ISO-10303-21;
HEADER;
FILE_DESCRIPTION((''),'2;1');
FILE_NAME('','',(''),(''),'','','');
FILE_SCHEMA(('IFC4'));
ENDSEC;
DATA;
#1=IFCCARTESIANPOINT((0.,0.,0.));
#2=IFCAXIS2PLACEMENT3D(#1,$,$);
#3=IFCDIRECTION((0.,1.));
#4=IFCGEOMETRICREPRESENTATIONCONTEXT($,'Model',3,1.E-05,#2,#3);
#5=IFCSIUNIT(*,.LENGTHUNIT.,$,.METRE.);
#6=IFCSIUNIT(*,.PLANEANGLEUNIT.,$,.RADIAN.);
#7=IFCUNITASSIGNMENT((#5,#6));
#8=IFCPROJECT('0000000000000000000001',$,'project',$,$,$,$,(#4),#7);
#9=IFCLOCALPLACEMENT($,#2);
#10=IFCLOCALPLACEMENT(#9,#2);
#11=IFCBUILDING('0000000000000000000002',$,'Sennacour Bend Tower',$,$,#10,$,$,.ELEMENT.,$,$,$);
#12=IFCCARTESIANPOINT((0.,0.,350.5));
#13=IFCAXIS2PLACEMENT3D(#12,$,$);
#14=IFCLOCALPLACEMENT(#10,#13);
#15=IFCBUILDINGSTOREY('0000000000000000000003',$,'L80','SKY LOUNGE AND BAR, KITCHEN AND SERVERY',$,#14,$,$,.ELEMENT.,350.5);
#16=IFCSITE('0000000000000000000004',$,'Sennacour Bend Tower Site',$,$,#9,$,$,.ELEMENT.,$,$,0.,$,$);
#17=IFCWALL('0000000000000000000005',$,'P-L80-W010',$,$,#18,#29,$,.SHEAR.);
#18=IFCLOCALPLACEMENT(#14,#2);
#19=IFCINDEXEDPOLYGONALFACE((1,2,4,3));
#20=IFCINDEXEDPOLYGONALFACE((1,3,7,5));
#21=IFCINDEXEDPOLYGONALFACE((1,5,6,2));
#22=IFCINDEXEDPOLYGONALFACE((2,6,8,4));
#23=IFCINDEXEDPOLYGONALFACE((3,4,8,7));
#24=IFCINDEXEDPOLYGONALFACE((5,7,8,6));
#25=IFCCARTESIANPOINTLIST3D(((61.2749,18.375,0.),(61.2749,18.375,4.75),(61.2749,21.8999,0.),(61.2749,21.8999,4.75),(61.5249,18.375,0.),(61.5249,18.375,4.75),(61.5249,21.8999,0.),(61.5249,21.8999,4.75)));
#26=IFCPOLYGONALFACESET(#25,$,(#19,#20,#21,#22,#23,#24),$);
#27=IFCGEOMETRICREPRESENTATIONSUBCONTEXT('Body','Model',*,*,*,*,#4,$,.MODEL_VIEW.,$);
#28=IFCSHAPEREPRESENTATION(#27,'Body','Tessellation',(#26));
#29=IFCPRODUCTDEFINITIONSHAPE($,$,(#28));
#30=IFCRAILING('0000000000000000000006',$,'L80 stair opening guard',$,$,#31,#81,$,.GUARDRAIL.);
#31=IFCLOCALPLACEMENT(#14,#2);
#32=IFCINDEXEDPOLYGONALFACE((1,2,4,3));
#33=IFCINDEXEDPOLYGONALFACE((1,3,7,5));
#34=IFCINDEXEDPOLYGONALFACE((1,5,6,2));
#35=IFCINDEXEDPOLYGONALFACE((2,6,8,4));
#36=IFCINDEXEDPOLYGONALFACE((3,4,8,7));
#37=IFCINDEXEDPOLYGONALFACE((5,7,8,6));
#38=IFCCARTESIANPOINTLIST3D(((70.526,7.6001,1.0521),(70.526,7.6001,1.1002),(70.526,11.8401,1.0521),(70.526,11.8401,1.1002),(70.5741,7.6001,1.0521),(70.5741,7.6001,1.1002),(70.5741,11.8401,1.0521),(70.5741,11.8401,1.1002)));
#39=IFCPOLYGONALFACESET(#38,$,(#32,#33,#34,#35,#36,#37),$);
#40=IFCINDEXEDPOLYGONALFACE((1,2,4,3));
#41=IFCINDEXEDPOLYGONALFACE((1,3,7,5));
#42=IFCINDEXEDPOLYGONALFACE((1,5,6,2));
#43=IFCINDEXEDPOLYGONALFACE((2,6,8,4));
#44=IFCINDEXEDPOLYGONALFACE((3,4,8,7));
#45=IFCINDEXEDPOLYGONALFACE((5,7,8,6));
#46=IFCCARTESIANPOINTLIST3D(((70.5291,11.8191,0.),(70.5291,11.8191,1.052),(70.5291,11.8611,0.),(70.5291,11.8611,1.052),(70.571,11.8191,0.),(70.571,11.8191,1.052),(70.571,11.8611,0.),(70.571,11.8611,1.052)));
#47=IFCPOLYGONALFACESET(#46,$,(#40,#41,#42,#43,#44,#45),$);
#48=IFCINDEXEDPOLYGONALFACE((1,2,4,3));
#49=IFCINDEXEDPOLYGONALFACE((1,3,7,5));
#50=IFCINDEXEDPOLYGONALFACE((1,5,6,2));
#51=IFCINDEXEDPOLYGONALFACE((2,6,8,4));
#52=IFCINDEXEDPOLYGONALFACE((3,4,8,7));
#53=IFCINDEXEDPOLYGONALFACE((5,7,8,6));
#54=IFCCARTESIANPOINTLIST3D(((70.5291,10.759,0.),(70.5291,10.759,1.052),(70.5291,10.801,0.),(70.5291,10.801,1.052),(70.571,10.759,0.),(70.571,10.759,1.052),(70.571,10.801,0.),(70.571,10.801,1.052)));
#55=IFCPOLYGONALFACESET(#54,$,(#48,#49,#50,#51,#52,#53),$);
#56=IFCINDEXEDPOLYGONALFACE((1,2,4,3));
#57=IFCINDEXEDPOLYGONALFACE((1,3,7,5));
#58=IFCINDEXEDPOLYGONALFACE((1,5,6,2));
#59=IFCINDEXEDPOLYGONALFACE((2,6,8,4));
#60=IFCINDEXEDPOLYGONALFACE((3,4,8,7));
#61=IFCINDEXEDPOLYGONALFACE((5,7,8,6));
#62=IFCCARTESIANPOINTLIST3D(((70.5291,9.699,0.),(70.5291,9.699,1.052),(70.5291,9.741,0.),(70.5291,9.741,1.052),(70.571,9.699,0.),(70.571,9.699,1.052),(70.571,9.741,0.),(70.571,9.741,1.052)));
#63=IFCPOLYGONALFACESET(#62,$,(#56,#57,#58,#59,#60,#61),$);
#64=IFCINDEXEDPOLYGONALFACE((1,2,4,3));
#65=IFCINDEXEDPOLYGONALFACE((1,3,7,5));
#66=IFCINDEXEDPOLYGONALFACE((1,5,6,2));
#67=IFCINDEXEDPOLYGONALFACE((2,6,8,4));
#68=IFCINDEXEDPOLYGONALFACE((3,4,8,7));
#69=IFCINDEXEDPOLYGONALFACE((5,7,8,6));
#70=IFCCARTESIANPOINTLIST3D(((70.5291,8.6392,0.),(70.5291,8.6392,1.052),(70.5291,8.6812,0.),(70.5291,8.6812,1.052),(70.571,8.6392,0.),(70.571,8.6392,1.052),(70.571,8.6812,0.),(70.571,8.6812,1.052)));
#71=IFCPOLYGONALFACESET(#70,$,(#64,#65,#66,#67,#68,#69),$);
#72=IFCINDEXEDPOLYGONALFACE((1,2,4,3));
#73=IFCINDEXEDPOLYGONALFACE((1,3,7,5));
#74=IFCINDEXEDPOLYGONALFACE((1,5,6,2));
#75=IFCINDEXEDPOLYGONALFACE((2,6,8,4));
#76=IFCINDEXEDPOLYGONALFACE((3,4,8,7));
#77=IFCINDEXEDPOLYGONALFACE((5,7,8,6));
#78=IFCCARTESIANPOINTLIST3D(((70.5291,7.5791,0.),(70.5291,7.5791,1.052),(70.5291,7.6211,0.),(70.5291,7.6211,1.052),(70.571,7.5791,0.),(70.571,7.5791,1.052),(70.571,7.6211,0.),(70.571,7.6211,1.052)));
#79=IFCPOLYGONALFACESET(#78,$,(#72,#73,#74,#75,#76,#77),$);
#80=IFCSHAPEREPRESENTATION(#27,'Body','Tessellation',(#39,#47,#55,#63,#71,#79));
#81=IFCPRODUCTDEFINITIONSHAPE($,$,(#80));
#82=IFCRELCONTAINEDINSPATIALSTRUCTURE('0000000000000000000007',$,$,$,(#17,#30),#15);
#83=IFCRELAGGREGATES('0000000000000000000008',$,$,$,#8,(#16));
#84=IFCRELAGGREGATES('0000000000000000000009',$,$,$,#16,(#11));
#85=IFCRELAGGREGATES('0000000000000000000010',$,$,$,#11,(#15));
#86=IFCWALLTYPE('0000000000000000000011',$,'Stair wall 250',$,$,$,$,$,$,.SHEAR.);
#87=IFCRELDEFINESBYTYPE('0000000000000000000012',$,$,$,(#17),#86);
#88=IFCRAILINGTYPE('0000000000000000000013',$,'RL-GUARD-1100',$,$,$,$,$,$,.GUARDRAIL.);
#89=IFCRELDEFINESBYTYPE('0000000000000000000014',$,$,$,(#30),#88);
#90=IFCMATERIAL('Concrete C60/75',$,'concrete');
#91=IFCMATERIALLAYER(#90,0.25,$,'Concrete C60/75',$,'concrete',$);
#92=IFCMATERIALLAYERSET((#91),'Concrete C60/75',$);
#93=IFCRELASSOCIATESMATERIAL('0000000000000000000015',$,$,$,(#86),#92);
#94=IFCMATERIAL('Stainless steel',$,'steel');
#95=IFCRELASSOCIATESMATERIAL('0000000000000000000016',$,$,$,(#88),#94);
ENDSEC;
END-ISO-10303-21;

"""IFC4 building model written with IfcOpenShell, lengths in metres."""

from ifc_helpers import new_model, si_unit, direction, frame, frame_2d, origin, origin_2d, place, context, subcontext, project, spatial, rectangle, extrude, material, layer, layer_set, type_object, element, save


model = new_model("IFC4")

# Units and contexts
model_context = context("Model", 3, precision=1e-05, world=origin(), true_north=direction((0.0, 1.0)))
body_context = subcontext(model_context, "Body", "Model", "MODEL_VIEW")
ifc_project = project(units=[si_unit("LENGTHUNIT", "METRE"), si_unit("PLANEANGLEUNIT", "RADIAN")], contexts=[model_context])

# Site, building, storey
site_placement = place(None, origin())
site = spatial("IfcSite", under=ifc_project, at=site_placement, Name="Sennacour Bend Tower Site", CompositionType="ELEMENT", RefElevation=0.0)
building_placement = place(site_placement, origin())
building = spatial("IfcBuilding", under=site, at=building_placement, Name="Sennacour Bend Tower", CompositionType="ELEMENT")
storey_placement = place(building_placement, frame((0.0, 0.0, 350.5)))
storey = spatial("IfcBuildingStorey", under=building, at=storey_placement, Name="L80", Description="SKY LOUNGE AND BAR, KITCHEN AND SERVERY", CompositionType="ELEMENT", Elevation=350.5)

# Shared definitions
ifc_material_1 = material(Name="Stainless steel", Category="steel")

# Wall
ifc_material_2 = material(Name="Concrete C60/75", Category="concrete")
ifc_layer_1 = layer(ifc_material_2, 0.25, Name="Concrete C60/75", Category="concrete")
ifc_layer_set_1 = layer_set([ifc_layer_1], Name="Concrete C60/75")
wall_type_1 = type_object("IfcWallType", Name="Stair wall 250", PredefinedType="SHEAR", material=ifc_layer_set_1)
wall_1_placement = place(storey_placement, frame((61.3999, 18.375, 0.0), z_axis=(0.0, 0.0, 1.0), x_axis=(0.0, 1.0, 0.0)))
element("IfcWall", 1, at=wall_1_placement, inside=storey, type_object=wall_type_1, Name="P-L80-W010", PredefinedType="SHEAR", context=body_context, shape_type="SweptSolid", body=[
    extrude(rectangle(XDim=3.5249, YDim=0.25, at=frame_2d((1.7625, 0.0))), origin(), (0.0, 0.0, 1.0), 4.75),
])

# Railing
railing_type = type_object("IfcRailingType", Name="RL-GUARD-1100", PredefinedType="GUARDRAIL", material=ifc_material_1)
railing_placement = place(storey_placement, frame((70.55, 11.8401, 0.0)))
element("IfcRailing", 2, at=railing_placement, inside=storey, type_object=railing_type, Name="L80 stair opening guard", PredefinedType="GUARDRAIL", context=body_context, shape_type="SweptSolid", body=[
    extrude(rectangle(XDim=0.0481, YDim=0.0481, at=origin_2d()), frame((0.0, 0.0, 1.0762), z_axis=(0.0, -1.0, 0.0), x_axis=(1.0, 0.0, 0.0)), (0.0, 0.0, 1.0), 4.24),
    extrude(rectangle(XDim=0.042, YDim=0.042, at=origin_2d()), origin(), (0.0, 0.0, 1.0), 1.052),
    extrude(rectangle(XDim=0.042, YDim=0.042, at=origin_2d()), frame((0.0, -1.0601, 0.0)), (0.0, 0.0, 1.0), 1.052),
    extrude(rectangle(XDim=0.042, YDim=0.042, at=origin_2d()), frame((0.0, -2.1201, 0.0)), (0.0, 0.0, 1.0), 1.052),
    extrude(rectangle(XDim=0.042, YDim=0.042, at=origin_2d()), frame((0.0, -3.1799, 0.0)), (0.0, 0.0, 1.0), 1.052),
    extrude(rectangle(XDim=0.042, YDim=0.042, at=origin_2d()), frame((0.0, -4.24, 0.0)), (0.0, 0.0, 1.0), 1.052),
])

save(model, "model.ifc")
